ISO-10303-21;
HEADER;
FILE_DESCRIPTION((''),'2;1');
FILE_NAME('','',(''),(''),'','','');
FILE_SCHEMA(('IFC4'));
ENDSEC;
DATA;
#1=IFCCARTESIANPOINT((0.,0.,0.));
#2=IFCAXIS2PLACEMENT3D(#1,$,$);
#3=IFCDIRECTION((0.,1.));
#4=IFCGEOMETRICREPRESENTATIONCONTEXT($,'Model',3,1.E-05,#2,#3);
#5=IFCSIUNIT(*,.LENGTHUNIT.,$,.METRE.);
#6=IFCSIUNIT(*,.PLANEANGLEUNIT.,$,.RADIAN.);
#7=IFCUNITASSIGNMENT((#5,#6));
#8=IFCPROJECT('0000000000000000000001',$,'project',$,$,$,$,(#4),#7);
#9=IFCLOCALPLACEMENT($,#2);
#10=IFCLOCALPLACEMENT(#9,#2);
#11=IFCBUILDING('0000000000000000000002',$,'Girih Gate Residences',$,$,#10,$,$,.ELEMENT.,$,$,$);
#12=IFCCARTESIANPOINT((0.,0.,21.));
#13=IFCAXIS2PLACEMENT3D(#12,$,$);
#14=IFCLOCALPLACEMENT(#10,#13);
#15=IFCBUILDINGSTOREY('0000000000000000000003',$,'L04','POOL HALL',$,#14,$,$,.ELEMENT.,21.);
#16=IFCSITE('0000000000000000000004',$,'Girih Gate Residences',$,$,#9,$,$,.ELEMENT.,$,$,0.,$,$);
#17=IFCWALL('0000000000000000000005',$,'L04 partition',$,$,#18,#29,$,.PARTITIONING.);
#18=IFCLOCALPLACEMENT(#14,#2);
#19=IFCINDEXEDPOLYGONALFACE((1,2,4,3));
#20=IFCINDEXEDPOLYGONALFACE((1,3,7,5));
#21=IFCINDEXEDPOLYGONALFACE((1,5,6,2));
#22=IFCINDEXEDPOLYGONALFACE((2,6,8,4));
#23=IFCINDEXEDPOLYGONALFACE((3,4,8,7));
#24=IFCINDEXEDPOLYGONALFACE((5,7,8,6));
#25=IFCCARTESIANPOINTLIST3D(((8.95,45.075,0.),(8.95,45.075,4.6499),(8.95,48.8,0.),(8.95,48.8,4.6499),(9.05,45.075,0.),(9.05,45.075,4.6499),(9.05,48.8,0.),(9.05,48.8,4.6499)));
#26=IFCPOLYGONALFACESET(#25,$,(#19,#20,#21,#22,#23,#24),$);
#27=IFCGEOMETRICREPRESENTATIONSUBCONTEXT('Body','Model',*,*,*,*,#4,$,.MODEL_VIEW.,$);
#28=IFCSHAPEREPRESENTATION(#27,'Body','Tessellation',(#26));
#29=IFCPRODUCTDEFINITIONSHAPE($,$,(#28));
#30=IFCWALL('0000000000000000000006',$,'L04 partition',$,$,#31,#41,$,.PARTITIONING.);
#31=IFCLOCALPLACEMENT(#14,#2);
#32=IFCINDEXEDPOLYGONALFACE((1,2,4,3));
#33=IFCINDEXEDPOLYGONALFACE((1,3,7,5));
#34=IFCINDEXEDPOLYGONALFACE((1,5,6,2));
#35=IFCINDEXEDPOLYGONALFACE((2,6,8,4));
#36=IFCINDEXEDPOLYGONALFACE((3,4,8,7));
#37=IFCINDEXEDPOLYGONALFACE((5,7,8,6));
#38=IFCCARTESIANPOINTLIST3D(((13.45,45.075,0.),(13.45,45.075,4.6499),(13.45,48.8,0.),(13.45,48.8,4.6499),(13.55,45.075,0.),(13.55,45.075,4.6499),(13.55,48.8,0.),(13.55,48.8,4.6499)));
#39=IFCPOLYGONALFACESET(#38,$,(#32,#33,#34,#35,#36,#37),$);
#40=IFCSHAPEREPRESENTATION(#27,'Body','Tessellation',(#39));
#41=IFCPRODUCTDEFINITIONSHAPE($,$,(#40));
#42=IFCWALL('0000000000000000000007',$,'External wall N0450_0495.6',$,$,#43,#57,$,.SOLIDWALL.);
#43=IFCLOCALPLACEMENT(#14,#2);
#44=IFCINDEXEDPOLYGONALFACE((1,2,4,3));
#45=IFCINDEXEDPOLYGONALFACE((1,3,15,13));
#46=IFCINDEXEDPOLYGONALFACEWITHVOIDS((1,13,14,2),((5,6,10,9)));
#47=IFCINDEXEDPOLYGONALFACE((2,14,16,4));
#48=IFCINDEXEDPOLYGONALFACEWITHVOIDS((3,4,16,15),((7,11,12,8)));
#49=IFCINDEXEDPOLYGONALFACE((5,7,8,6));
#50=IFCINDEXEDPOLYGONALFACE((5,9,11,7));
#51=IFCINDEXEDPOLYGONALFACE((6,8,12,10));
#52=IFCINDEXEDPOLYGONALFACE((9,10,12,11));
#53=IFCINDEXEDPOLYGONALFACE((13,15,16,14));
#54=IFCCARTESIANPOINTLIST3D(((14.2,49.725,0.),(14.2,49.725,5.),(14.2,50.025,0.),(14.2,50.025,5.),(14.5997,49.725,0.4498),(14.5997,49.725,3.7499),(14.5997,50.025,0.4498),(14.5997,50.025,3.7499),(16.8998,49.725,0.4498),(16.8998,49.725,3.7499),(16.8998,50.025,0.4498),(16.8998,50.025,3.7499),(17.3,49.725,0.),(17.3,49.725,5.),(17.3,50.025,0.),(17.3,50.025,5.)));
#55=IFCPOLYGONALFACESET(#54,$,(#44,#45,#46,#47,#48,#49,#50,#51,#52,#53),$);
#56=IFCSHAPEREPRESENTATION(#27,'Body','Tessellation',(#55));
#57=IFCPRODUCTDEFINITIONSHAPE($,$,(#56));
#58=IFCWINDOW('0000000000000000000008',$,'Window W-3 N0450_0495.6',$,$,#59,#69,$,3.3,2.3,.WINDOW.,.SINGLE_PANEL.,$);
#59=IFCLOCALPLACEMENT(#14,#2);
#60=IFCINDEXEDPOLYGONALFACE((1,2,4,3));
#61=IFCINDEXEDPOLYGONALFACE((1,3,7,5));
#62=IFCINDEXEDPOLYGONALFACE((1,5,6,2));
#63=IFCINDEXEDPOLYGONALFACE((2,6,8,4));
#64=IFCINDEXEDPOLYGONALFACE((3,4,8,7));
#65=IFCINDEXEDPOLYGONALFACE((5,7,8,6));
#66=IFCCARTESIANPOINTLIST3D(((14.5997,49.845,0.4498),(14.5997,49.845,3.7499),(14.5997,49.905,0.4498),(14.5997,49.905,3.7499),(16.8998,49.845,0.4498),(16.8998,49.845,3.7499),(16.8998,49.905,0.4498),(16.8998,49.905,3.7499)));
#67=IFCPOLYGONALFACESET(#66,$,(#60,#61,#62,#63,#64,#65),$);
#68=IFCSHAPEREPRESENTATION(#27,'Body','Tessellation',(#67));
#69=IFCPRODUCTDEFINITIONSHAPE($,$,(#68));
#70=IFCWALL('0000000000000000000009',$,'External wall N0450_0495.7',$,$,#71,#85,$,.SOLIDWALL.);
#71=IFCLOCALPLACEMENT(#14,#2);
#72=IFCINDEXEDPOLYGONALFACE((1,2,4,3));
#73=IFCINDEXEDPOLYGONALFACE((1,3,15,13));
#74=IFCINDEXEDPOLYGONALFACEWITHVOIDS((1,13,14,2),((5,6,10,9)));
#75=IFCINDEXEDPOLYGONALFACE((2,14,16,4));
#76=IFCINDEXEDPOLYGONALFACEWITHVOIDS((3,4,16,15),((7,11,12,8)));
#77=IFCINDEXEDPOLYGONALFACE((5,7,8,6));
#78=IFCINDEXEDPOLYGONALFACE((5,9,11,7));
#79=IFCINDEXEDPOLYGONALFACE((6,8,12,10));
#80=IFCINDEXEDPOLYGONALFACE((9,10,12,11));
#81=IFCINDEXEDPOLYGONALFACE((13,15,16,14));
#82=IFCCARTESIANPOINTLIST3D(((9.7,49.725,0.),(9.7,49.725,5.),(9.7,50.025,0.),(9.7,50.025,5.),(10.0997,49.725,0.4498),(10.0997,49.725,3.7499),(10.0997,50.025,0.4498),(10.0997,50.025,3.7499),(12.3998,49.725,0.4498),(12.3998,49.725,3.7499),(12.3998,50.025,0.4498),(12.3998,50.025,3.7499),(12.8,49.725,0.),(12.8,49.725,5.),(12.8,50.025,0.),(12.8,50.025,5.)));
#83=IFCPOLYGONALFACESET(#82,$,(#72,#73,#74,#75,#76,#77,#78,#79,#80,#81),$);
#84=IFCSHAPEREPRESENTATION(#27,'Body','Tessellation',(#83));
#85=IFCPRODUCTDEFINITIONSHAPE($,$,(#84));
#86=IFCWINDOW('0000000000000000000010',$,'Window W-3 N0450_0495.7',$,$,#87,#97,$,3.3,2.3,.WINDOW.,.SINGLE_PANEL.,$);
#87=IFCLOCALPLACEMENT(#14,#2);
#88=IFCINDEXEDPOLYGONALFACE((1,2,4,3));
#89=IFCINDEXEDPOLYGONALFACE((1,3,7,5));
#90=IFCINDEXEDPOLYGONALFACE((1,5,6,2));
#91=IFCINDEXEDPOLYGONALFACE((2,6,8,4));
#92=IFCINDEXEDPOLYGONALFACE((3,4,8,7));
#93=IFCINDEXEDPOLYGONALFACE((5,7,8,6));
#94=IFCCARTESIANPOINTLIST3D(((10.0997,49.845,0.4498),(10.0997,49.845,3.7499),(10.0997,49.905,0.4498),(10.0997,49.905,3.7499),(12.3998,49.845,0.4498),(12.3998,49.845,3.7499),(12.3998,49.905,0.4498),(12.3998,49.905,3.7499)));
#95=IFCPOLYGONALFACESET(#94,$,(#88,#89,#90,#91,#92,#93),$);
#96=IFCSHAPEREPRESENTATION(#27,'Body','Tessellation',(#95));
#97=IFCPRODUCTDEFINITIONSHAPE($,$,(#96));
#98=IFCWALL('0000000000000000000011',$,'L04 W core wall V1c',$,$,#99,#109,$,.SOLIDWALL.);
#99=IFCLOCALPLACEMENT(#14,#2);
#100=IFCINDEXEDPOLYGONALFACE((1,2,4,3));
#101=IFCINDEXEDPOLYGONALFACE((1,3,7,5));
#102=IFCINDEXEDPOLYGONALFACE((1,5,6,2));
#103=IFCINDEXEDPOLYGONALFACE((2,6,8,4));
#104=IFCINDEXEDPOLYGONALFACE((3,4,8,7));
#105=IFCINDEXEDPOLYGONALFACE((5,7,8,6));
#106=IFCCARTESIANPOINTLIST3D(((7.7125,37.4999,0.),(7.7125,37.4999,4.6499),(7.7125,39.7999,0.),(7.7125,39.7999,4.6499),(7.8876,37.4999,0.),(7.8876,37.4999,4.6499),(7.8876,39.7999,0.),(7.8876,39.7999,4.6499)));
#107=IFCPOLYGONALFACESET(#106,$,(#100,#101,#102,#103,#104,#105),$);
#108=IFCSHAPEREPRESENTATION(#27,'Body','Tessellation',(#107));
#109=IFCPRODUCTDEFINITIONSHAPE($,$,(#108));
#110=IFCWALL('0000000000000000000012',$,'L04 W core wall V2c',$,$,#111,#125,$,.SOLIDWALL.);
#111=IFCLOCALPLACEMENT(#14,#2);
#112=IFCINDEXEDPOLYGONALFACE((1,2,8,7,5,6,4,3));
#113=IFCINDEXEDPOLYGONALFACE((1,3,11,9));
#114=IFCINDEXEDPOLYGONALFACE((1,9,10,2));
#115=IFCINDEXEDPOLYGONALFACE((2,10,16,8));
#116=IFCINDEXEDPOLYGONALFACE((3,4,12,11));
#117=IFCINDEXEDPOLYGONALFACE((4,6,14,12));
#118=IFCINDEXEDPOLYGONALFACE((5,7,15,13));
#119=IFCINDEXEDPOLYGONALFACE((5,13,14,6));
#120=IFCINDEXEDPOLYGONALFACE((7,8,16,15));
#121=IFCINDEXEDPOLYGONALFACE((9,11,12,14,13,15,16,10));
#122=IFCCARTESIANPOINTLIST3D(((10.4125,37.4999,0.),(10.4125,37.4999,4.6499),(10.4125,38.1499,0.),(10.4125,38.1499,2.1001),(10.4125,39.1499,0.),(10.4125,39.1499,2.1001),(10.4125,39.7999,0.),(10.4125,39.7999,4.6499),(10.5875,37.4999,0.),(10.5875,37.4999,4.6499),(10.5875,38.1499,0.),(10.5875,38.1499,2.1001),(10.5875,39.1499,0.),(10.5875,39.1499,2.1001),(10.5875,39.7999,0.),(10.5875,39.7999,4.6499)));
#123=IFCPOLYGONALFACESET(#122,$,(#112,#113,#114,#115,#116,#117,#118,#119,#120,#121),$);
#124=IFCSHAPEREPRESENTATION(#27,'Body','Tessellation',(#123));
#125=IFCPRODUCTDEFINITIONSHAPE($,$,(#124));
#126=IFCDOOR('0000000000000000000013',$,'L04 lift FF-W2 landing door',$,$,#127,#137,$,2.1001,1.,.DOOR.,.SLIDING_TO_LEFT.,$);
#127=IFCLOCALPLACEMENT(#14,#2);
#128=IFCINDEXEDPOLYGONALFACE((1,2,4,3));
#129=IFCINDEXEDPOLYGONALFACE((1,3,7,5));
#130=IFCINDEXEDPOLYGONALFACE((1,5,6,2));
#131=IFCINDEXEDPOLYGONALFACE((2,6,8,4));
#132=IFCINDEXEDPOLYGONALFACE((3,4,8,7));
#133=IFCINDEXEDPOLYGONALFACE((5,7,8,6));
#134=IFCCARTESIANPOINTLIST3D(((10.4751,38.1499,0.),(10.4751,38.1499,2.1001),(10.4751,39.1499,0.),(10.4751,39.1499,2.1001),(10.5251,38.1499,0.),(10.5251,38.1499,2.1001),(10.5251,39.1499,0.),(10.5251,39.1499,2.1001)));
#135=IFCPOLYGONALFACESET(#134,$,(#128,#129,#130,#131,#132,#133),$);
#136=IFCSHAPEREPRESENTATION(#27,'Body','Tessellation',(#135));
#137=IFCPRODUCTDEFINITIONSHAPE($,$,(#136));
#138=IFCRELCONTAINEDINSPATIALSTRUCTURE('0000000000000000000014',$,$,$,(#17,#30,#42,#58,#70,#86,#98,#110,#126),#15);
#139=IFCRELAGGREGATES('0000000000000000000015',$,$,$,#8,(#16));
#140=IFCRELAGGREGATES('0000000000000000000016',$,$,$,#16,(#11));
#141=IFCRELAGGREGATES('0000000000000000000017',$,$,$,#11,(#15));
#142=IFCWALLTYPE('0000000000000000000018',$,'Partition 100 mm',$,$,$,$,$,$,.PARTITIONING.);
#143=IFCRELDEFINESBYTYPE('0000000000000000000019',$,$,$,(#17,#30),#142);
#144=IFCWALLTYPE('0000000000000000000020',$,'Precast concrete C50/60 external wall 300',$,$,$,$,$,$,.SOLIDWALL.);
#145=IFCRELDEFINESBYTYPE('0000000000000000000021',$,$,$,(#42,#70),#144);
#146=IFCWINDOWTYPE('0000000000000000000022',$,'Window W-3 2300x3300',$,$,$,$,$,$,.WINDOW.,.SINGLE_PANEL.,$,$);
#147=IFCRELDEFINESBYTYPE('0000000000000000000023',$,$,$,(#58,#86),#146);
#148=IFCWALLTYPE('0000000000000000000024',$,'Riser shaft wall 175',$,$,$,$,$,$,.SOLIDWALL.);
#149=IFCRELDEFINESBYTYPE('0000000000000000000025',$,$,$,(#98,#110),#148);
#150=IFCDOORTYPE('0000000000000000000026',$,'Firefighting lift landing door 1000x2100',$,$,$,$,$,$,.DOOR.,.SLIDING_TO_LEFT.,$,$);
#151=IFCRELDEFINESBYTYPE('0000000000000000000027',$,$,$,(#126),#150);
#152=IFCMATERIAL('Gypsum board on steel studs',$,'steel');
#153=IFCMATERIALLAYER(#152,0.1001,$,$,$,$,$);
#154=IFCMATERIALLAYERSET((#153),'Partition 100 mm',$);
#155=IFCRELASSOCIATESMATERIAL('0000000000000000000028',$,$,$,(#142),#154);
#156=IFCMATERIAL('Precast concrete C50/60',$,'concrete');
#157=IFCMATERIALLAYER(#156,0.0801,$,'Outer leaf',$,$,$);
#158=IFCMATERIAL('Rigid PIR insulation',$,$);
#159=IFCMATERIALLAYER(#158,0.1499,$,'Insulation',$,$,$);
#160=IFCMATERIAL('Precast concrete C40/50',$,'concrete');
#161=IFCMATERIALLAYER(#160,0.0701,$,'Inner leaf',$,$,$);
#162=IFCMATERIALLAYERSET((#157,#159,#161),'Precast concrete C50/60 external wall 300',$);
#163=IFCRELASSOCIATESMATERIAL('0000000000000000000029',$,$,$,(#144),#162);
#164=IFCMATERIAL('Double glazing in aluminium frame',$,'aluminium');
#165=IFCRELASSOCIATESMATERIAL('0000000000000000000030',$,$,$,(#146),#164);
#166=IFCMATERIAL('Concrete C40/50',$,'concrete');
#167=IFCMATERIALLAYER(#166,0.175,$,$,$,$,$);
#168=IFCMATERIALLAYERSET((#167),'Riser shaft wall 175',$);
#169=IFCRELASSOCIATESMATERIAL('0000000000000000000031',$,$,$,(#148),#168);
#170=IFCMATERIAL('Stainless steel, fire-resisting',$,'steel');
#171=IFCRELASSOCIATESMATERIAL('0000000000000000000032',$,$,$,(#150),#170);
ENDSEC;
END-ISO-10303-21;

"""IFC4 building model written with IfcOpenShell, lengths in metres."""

from ifc_helpers import new_model, si_unit, direction, frame, frame_2d, origin, place, context, subcontext, project, spatial, rectangle, extrude, material, layer, layer_set, type_object, element, fill, save


model = new_model("IFC4")

# Units and contexts
model_context = context("Model", 3, precision=1e-05, world=origin(), true_north=direction((0.0, 1.0)))
body_context = subcontext(model_context, "Body", "Model", "MODEL_VIEW")
ifc_project = project(units=[si_unit("LENGTHUNIT", "METRE"), si_unit("PLANEANGLEUNIT", "RADIAN")], contexts=[model_context])

# Site, building, storey
site_placement = place(None, origin())
site = spatial("IfcSite", under=ifc_project, at=site_placement, Name="Girih Gate Residences", CompositionType="ELEMENT", RefElevation=0.0)
building_placement = place(site_placement, origin())
building = spatial("IfcBuilding", under=site, at=building_placement, Name="Girih Gate Residences", CompositionType="ELEMENT")
storey_placement = place(building_placement, frame((0.0, 0.0, 21.0)))
storey = spatial("IfcBuildingStorey", under=building, at=storey_placement, Name="L04", Description="POOL HALL", CompositionType="ELEMENT", Elevation=21.0)

# Shared definitions
ifc_material_1 = material(Name="Gypsum board on steel studs", Category="steel")

# Walls
ifc_layer_1 = layer(ifc_material_1, 0.1001)
ifc_layer_set_1 = layer_set([ifc_layer_1], Name="Partition 100 mm")
wall_type_1 = type_object("IfcWallType", Name="Partition 100 mm", PredefinedType="PARTITIONING", material=ifc_layer_set_1)
for number, where, z_axis, x_axis, name in (
    (1, (9.0, 45.075, 0.0), (0.0, 0.0, 1.0), (0.0, 1.0, 0.0), "L04 partition"),
    (2, (13.5, 45.075, 0.0), (0.0, 0.0, 1.0), (0.0, 1.0, 0.0), "L04 partition"),
):
    element("IfcWall", number, at=place(storey_placement, frame(where, z_axis=z_axis, x_axis=x_axis)), inside=storey, type_object=wall_type_1, Name=name, PredefinedType="PARTITIONING", context=body_context, shape_type="SweptSolid", body=[
        extrude(rectangle(XDim=3.7251, YDim=0.1001, at=frame_2d((1.8625, 0.0))), origin(), (0.0, 0.0, 1.0), 4.6499),
    ])

# Walls, openings, windows
ifc_material_2 = material(Name="Precast concrete C50/60", Category="concrete")
ifc_layer_2 = layer(ifc_material_2, 0.0801, Name="Outer leaf")
ifc_material_3 = material(Name="Rigid PIR insulation")
ifc_layer_3 = layer(ifc_material_3, 0.1499, Name="Insulation")
ifc_material_4 = material(Name="Precast concrete C40/50", Category="concrete")
ifc_layer_4 = layer(ifc_material_4, 0.0701, Name="Inner leaf")
ifc_layer_set_2 = layer_set([ifc_layer_2, ifc_layer_3, ifc_layer_4], Name="Precast concrete C50/60 external wall 300")
wall_type_2 = type_object("IfcWallType", Name="Precast concrete C50/60 external wall 300", PredefinedType="SOLIDWALL", material=ifc_layer_set_2)
wall_1_placement = place(storey_placement, frame((14.2, 49.875, 0.0), z_axis=(0.0, 0.0, 1.0), x_axis=(1.0, 0.0, 0.0)))
wall_1 = element("IfcWall", 3, at=wall_1_placement, inside=storey, type_object=wall_type_2, Name="External wall N0450_0495.6", PredefinedType="SOLIDWALL", context=body_context, shape_type="SweptSolid", body=[
    extrude(rectangle(XDim=3.1001, YDim=0.3, at=frame_2d((1.55, 0.0))), origin(), (0.0, 0.0, 1.0), 5.0),
])
opening_1_placement = place(wall_1_placement, frame((0.3999, 0.0, 0.45)))
opening_1 = element("IfcOpeningElement", 4, at=opening_1_placement, cuts=wall_1, PredefinedType="OPENING", context=body_context, shape_type="SweptSolid", body=[
    extrude(rectangle(XDim=2.3, YDim=3.3, at=frame_2d((1.1499, 1.6499))), frame((0.0, 0.1599, 0.0), z_axis=(0.0, -1.0, 0.0), x_axis=(1.0, 0.0, 0.0)), (0.0, 0.0, 1.0), 0.3201),
])
ifc_material_5 = material(Name="Double glazing in aluminium frame", Category="aluminium")
window_type = type_object("IfcWindowType", Name="Window W-3 2300x3300", PartitioningType="SINGLE_PANEL", PredefinedType="WINDOW", material=ifc_material_5)
window_1_placement = place(opening_1_placement, origin())
window_1 = element("IfcWindow", 5, at=window_1_placement, inside=storey, type_object=window_type, Name="Window W-3 N0450_0495.6", OverallHeight=3.3, OverallWidth=2.3, PartitioningType="SINGLE_PANEL", PredefinedType="WINDOW", context=body_context, shape_type="SweptSolid", body=[
    extrude(rectangle(XDim=2.3, YDim=3.3, at=frame_2d((1.1499, 1.6499))), frame((0.0, 0.03, 0.0), z_axis=(0.0, -1.0, 0.0), x_axis=(1.0, 0.0, 0.0)), (0.0, 0.0, 1.0), 0.0601),
])
fill(opening_1, window_1)
wall_2_placement = place(storey_placement, frame((9.7, 49.875, 0.0), z_axis=(0.0, 0.0, 1.0), x_axis=(1.0, 0.0, 0.0)))
wall_2 = element("IfcWall", 6, at=wall_2_placement, inside=storey, type_object=wall_type_2, Name="External wall N0450_0495.7", PredefinedType="SOLIDWALL", context=body_context, shape_type="SweptSolid", body=[
    extrude(rectangle(XDim=3.1001, YDim=0.3, at=frame_2d((1.55, 0.0))), origin(), (0.0, 0.0, 1.0), 5.0),
])
opening_2_placement = place(wall_2_placement, frame((0.3999, 0.0, 0.45)))
opening_2 = element("IfcOpeningElement", 7, at=opening_2_placement, cuts=wall_2, PredefinedType="OPENING", context=body_context, shape_type="SweptSolid", body=[
    extrude(rectangle(XDim=2.3, YDim=3.3, at=frame_2d((1.1499, 1.6499))), frame((0.0, 0.1599, 0.0), z_axis=(0.0, -1.0, 0.0), x_axis=(1.0, 0.0, 0.0)), (0.0, 0.0, 1.0), 0.3201),
])
window_2_placement = place(opening_2_placement, origin())
window_2 = element("IfcWindow", 8, at=window_2_placement, inside=storey, type_object=window_type, Name="Window W-3 N0450_0495.7", OverallHeight=3.3, OverallWidth=2.3, PartitioningType="SINGLE_PANEL", PredefinedType="WINDOW", context=body_context, shape_type="SweptSolid", body=[
    extrude(rectangle(XDim=2.3, YDim=3.3, at=frame_2d((1.1499, 1.6499))), frame((0.0, 0.03, 0.0), z_axis=(0.0, -1.0, 0.0), x_axis=(1.0, 0.0, 0.0)), (0.0, 0.0, 1.0), 0.0601),
])
fill(opening_2, window_2)

# Wall
ifc_material_6 = material(Name="Concrete C40/50", Category="concrete")
ifc_layer_5 = layer(ifc_material_6, 0.175)
ifc_layer_set_3 = layer_set([ifc_layer_5], Name="Riser shaft wall 175")
wall_type_3 = type_object("IfcWallType", Name="Riser shaft wall 175", PredefinedType="SOLIDWALL", material=ifc_layer_set_3)
wall_3_placement = place(storey_placement, frame((7.8, 37.5, 0.0), z_axis=(0.0, 0.0, 1.0), x_axis=(0.0, 1.0, 0.0)))
element("IfcWall", 9, at=wall_3_placement, inside=storey, type_object=wall_type_3, Name="L04 W core wall V1c", PredefinedType="SOLIDWALL", context=body_context, shape_type="SweptSolid", body=[
    extrude(rectangle(XDim=2.3, YDim=0.175, at=frame_2d((1.1499, 0.0))), origin(), (0.0, 0.0, 1.0), 4.6499),
])

# Wall, opening, door
wall_4_placement = place(storey_placement, frame((10.5, 37.5, 0.0), z_axis=(0.0, 0.0, 1.0), x_axis=(0.0, 1.0, 0.0)))
wall_4 = element("IfcWall", 10, at=wall_4_placement, inside=storey, type_object=wall_type_3, Name="L04 W core wall V2c", PredefinedType="SOLIDWALL", context=body_context, shape_type="SweptSolid", body=[
    extrude(rectangle(XDim=2.3, YDim=0.175, at=frame_2d((1.1499, 0.0))), origin(), (0.0, 0.0, 1.0), 4.6499),
])
opening_3_placement = place(wall_4_placement, frame((0.6499, 0.0, 0.0)))
opening_3 = element("IfcOpeningElement", 11, at=opening_3_placement, cuts=wall_4, PredefinedType="OPENING", context=body_context, shape_type="SweptSolid", body=[
    extrude(rectangle(XDim=1.0, YDim=2.1001, at=frame_2d((0.5, 1.05))), frame((0.0, 0.0974, 0.0), z_axis=(0.0, -1.0, 0.0), x_axis=(1.0, 0.0, 0.0)), (0.0, 0.0, 1.0), 0.1951),
])
ifc_material_7 = material(Name="Stainless steel, fire-resisting", Category="steel")
door_type_1 = type_object("IfcDoorType", Name="Firefighting lift landing door 1000x2100", OperationType="SLIDING_TO_LEFT", PredefinedType="DOOR", material=ifc_material_7)
door_1_placement = place(opening_3_placement, origin())
door_1 = element("IfcDoor", 12, at=door_1_placement, inside=storey, type_object=door_type_1, Name="L04 lift FF-W2 landing door", OperationType="SLIDING_TO_LEFT", OverallHeight=2.1001, OverallWidth=1.0, PredefinedType="DOOR", context=body_context, shape_type="SweptSolid", body=[
    extrude(rectangle(XDim=1.0, YDim=2.1001, at=frame_2d((0.5, 1.05))), frame((0.0, 0.0249, 0.0), z_axis=(0.0, -1.0, 0.0), x_axis=(1.0, 0.0, 0.0)), (0.0, 0.0, 1.0), 0.05),
])
fill(opening_3, door_1)

save(model, "model.ifc")
